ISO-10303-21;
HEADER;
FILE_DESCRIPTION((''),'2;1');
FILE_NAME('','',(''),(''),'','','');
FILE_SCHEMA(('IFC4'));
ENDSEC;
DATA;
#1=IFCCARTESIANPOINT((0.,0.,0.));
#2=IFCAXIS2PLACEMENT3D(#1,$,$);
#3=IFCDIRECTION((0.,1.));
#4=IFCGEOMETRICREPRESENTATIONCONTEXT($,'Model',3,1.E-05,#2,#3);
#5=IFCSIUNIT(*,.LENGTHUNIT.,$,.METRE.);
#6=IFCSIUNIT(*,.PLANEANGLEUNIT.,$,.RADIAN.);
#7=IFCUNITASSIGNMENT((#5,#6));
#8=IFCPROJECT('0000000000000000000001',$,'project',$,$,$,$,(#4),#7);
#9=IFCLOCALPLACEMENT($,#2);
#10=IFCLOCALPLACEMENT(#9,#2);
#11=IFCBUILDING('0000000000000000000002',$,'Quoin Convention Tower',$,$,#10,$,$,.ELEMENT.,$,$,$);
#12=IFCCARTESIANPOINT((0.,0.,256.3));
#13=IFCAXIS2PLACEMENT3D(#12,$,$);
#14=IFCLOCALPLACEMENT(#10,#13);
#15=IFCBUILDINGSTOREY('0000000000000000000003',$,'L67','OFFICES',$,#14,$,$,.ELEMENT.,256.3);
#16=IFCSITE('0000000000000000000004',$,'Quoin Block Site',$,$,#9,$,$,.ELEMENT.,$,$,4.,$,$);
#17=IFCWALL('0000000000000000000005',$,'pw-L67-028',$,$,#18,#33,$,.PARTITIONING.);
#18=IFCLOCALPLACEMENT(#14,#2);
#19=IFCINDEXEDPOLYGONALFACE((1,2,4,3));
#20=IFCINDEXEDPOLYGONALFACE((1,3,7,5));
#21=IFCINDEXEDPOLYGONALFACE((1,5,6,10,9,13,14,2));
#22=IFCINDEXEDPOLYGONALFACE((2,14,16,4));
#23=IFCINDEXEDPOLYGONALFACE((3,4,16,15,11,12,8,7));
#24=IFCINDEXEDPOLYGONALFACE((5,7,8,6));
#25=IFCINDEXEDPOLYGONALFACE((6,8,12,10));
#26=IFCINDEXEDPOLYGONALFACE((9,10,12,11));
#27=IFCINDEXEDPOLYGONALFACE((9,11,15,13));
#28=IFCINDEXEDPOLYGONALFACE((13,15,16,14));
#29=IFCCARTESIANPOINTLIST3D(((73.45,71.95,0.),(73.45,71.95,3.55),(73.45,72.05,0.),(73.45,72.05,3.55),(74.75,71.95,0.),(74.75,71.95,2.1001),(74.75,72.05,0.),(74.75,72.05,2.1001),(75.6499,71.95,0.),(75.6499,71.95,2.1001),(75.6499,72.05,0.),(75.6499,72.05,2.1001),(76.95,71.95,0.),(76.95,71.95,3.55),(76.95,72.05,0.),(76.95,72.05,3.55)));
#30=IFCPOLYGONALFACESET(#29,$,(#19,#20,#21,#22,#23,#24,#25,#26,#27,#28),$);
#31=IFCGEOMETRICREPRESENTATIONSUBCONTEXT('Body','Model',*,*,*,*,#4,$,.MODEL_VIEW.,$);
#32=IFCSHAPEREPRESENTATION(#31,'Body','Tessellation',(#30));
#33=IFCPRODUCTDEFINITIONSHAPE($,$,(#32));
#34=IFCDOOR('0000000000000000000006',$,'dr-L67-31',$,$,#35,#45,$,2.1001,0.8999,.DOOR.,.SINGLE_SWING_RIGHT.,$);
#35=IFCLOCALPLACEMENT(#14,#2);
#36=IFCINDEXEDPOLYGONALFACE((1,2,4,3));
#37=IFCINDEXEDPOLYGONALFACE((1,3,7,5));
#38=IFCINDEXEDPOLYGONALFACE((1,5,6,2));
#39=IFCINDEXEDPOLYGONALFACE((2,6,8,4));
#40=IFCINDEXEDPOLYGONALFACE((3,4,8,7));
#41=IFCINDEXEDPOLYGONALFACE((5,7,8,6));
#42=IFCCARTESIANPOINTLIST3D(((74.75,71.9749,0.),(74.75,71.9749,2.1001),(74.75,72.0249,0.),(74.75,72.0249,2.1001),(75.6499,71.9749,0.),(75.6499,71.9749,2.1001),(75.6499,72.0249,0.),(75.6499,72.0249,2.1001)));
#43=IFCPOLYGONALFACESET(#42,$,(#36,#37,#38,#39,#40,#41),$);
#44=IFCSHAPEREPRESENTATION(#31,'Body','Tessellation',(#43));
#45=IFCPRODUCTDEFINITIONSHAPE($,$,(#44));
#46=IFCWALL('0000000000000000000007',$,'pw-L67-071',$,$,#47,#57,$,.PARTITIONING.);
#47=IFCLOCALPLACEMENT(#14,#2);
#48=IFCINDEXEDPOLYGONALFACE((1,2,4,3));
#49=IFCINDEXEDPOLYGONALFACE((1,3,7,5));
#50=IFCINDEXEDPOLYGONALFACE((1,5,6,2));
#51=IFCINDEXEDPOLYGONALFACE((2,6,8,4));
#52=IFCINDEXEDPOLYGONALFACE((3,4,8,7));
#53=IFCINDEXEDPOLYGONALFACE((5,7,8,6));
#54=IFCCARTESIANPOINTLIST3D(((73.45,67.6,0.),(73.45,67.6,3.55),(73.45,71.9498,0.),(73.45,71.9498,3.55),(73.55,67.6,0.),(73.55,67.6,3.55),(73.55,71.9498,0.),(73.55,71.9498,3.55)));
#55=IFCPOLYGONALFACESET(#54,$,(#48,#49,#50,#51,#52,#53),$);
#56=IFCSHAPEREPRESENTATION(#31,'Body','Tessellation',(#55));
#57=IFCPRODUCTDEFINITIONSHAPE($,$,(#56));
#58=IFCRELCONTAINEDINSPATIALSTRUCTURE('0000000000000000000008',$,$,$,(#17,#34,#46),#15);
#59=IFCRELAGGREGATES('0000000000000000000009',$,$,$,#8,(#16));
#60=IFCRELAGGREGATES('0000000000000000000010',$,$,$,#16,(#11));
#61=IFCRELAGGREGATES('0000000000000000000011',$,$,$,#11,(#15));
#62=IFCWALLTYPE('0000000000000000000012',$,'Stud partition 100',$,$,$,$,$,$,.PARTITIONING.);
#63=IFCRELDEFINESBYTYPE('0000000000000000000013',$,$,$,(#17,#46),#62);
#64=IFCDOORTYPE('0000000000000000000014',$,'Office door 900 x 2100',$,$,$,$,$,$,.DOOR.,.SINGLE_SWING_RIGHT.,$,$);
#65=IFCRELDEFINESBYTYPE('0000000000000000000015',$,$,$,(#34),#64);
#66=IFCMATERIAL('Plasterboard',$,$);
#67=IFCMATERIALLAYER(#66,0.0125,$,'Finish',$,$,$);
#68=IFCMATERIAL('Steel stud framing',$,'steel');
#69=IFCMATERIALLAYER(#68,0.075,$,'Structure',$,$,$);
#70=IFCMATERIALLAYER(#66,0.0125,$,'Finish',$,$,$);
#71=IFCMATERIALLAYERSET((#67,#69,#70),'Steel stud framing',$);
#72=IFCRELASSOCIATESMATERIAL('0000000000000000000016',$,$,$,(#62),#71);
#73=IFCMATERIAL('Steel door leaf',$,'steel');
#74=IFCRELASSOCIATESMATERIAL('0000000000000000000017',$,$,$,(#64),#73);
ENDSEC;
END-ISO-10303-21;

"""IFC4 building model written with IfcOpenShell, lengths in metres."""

from ifc_helpers import new_model, si_unit, direction, frame, frame_2d, origin, place, context, subcontext, project, spatial, rectangle, extrude, material, layer, layer_set, type_object, element, fill, save


model = new_model("IFC4")

# Units and contexts
model_context = context("Model", 3, precision=1e-05, world=origin(), true_north=direction((0.0, 1.0)))
body_context = subcontext(model_context, "Body", "Model", "MODEL_VIEW")
ifc_project = project(units=[si_unit("LENGTHUNIT", "METRE"), si_unit("PLANEANGLEUNIT", "RADIAN")], contexts=[model_context])

# Site, building, storey
site_placement = place(None, origin())
site = spatial("IfcSite", under=ifc_project, at=site_placement, Name="Quoin Block Site", CompositionType="ELEMENT", RefElevation=4.0)
building_placement = place(site_placement, origin())
building = spatial("IfcBuilding", under=site, at=building_placement, Name="Quoin Convention Tower", CompositionType="ELEMENT")
storey_placement = place(building_placement, frame((0.0, 0.0, 256.3)))
storey = spatial("IfcBuildingStorey", under=building, at=storey_placement, Name="L67", Description="OFFICES", CompositionType="ELEMENT", Elevation=256.3)

# Shared definitions
ifc_material_1 = material(Name="Plasterboard")
ifc_material_2 = material(Name="Steel stud framing", Category="steel")

# Wall, opening, door
ifc_layer_1 = layer(ifc_material_1, 0.0125, Name="Finish")
ifc_layer_2 = layer(ifc_material_2, 0.075, Name="Structure")
ifc_layer_3 = layer(ifc_material_1, 0.0125, Name="Finish")
ifc_layer_set_1 = layer_set([ifc_layer_1, ifc_layer_2, ifc_layer_3], Name="Steel stud framing")
wall_type_1 = type_object("IfcWallType", Name="Stud partition 100", PredefinedType="PARTITIONING", material=ifc_layer_set_1)
wall_1_placement = place(storey_placement, frame((73.45, 72.0, 0.0), z_axis=(0.0, 0.0, 1.0), x_axis=(1.0, 0.0, 0.0)))
wall_1 = element("IfcWall", 1, at=wall_1_placement, inside=storey, type_object=wall_type_1, Name="pw-L67-028", PredefinedType="PARTITIONING", context=body_context, shape_type="SweptSolid", body=[
    extrude(rectangle(XDim=3.5, YDim=0.1001, at=frame_2d((1.75, 0.0))), origin(), (0.0, 0.0, 1.0), 3.55),
])
opening_1_placement = place(wall_1_placement, frame((1.3, 0.0, 0.0)))
opening_1 = element("IfcOpeningElement", 2, at=opening_1_placement, cuts=wall_1, PredefinedType="OPENING", context=body_context, shape_type="SweptSolid", body=[
    extrude(rectangle(XDim=0.8999, YDim=2.1001, at=frame_2d((0.45, 1.05))), frame((0.0, 0.0601, 0.0), z_axis=(0.0, -1.0, 0.0), x_axis=(1.0, 0.0, 0.0)), (0.0, 0.0, 1.0), 0.1201),
])
ifc_material_3 = material(Name="Steel door leaf", Category="steel")
door_type = type_object("IfcDoorType", Name="Office door 900 x 2100", OperationType="SINGLE_SWING_RIGHT", PredefinedType="DOOR", material=ifc_material_3)
door_placement = place(opening_1_placement, origin())
door = element("IfcDoor", 3, at=door_placement, inside=storey, type_object=door_type, Name="dr-L67-31", OperationType="SINGLE_SWING_RIGHT", OverallHeight=2.1001, OverallWidth=0.8999, PredefinedType="DOOR", context=body_context, shape_type="SweptSolid", body=[
    extrude(rectangle(XDim=0.8999, YDim=2.1001, at=frame_2d((0.45, 1.05))), frame((0.0, 0.0249, 0.0), z_axis=(0.0, -1.0, 0.0), x_axis=(1.0, 0.0, 0.0)), (0.0, 0.0, 1.0), 0.05),
])
fill(opening_1, door)

# Wall
wall_2_placement = place(storey_placement, frame((73.5, 67.6001, 0.0), z_axis=(0.0, 0.0, 1.0), x_axis=(0.0, 1.0, 0.0)))
element("IfcWall", 4, at=wall_2_placement, inside=storey, type_object=wall_type_1, Name="pw-L67-071", PredefinedType="PARTITIONING", context=body_context, shape_type="SweptSolid", body=[
    extrude(rectangle(XDim=4.3499, YDim=0.1001, at=frame_2d((2.1748, 0.0))), origin(), (0.0, 0.0, 1.0), 3.55),
])

save(model, "model.ifc")
